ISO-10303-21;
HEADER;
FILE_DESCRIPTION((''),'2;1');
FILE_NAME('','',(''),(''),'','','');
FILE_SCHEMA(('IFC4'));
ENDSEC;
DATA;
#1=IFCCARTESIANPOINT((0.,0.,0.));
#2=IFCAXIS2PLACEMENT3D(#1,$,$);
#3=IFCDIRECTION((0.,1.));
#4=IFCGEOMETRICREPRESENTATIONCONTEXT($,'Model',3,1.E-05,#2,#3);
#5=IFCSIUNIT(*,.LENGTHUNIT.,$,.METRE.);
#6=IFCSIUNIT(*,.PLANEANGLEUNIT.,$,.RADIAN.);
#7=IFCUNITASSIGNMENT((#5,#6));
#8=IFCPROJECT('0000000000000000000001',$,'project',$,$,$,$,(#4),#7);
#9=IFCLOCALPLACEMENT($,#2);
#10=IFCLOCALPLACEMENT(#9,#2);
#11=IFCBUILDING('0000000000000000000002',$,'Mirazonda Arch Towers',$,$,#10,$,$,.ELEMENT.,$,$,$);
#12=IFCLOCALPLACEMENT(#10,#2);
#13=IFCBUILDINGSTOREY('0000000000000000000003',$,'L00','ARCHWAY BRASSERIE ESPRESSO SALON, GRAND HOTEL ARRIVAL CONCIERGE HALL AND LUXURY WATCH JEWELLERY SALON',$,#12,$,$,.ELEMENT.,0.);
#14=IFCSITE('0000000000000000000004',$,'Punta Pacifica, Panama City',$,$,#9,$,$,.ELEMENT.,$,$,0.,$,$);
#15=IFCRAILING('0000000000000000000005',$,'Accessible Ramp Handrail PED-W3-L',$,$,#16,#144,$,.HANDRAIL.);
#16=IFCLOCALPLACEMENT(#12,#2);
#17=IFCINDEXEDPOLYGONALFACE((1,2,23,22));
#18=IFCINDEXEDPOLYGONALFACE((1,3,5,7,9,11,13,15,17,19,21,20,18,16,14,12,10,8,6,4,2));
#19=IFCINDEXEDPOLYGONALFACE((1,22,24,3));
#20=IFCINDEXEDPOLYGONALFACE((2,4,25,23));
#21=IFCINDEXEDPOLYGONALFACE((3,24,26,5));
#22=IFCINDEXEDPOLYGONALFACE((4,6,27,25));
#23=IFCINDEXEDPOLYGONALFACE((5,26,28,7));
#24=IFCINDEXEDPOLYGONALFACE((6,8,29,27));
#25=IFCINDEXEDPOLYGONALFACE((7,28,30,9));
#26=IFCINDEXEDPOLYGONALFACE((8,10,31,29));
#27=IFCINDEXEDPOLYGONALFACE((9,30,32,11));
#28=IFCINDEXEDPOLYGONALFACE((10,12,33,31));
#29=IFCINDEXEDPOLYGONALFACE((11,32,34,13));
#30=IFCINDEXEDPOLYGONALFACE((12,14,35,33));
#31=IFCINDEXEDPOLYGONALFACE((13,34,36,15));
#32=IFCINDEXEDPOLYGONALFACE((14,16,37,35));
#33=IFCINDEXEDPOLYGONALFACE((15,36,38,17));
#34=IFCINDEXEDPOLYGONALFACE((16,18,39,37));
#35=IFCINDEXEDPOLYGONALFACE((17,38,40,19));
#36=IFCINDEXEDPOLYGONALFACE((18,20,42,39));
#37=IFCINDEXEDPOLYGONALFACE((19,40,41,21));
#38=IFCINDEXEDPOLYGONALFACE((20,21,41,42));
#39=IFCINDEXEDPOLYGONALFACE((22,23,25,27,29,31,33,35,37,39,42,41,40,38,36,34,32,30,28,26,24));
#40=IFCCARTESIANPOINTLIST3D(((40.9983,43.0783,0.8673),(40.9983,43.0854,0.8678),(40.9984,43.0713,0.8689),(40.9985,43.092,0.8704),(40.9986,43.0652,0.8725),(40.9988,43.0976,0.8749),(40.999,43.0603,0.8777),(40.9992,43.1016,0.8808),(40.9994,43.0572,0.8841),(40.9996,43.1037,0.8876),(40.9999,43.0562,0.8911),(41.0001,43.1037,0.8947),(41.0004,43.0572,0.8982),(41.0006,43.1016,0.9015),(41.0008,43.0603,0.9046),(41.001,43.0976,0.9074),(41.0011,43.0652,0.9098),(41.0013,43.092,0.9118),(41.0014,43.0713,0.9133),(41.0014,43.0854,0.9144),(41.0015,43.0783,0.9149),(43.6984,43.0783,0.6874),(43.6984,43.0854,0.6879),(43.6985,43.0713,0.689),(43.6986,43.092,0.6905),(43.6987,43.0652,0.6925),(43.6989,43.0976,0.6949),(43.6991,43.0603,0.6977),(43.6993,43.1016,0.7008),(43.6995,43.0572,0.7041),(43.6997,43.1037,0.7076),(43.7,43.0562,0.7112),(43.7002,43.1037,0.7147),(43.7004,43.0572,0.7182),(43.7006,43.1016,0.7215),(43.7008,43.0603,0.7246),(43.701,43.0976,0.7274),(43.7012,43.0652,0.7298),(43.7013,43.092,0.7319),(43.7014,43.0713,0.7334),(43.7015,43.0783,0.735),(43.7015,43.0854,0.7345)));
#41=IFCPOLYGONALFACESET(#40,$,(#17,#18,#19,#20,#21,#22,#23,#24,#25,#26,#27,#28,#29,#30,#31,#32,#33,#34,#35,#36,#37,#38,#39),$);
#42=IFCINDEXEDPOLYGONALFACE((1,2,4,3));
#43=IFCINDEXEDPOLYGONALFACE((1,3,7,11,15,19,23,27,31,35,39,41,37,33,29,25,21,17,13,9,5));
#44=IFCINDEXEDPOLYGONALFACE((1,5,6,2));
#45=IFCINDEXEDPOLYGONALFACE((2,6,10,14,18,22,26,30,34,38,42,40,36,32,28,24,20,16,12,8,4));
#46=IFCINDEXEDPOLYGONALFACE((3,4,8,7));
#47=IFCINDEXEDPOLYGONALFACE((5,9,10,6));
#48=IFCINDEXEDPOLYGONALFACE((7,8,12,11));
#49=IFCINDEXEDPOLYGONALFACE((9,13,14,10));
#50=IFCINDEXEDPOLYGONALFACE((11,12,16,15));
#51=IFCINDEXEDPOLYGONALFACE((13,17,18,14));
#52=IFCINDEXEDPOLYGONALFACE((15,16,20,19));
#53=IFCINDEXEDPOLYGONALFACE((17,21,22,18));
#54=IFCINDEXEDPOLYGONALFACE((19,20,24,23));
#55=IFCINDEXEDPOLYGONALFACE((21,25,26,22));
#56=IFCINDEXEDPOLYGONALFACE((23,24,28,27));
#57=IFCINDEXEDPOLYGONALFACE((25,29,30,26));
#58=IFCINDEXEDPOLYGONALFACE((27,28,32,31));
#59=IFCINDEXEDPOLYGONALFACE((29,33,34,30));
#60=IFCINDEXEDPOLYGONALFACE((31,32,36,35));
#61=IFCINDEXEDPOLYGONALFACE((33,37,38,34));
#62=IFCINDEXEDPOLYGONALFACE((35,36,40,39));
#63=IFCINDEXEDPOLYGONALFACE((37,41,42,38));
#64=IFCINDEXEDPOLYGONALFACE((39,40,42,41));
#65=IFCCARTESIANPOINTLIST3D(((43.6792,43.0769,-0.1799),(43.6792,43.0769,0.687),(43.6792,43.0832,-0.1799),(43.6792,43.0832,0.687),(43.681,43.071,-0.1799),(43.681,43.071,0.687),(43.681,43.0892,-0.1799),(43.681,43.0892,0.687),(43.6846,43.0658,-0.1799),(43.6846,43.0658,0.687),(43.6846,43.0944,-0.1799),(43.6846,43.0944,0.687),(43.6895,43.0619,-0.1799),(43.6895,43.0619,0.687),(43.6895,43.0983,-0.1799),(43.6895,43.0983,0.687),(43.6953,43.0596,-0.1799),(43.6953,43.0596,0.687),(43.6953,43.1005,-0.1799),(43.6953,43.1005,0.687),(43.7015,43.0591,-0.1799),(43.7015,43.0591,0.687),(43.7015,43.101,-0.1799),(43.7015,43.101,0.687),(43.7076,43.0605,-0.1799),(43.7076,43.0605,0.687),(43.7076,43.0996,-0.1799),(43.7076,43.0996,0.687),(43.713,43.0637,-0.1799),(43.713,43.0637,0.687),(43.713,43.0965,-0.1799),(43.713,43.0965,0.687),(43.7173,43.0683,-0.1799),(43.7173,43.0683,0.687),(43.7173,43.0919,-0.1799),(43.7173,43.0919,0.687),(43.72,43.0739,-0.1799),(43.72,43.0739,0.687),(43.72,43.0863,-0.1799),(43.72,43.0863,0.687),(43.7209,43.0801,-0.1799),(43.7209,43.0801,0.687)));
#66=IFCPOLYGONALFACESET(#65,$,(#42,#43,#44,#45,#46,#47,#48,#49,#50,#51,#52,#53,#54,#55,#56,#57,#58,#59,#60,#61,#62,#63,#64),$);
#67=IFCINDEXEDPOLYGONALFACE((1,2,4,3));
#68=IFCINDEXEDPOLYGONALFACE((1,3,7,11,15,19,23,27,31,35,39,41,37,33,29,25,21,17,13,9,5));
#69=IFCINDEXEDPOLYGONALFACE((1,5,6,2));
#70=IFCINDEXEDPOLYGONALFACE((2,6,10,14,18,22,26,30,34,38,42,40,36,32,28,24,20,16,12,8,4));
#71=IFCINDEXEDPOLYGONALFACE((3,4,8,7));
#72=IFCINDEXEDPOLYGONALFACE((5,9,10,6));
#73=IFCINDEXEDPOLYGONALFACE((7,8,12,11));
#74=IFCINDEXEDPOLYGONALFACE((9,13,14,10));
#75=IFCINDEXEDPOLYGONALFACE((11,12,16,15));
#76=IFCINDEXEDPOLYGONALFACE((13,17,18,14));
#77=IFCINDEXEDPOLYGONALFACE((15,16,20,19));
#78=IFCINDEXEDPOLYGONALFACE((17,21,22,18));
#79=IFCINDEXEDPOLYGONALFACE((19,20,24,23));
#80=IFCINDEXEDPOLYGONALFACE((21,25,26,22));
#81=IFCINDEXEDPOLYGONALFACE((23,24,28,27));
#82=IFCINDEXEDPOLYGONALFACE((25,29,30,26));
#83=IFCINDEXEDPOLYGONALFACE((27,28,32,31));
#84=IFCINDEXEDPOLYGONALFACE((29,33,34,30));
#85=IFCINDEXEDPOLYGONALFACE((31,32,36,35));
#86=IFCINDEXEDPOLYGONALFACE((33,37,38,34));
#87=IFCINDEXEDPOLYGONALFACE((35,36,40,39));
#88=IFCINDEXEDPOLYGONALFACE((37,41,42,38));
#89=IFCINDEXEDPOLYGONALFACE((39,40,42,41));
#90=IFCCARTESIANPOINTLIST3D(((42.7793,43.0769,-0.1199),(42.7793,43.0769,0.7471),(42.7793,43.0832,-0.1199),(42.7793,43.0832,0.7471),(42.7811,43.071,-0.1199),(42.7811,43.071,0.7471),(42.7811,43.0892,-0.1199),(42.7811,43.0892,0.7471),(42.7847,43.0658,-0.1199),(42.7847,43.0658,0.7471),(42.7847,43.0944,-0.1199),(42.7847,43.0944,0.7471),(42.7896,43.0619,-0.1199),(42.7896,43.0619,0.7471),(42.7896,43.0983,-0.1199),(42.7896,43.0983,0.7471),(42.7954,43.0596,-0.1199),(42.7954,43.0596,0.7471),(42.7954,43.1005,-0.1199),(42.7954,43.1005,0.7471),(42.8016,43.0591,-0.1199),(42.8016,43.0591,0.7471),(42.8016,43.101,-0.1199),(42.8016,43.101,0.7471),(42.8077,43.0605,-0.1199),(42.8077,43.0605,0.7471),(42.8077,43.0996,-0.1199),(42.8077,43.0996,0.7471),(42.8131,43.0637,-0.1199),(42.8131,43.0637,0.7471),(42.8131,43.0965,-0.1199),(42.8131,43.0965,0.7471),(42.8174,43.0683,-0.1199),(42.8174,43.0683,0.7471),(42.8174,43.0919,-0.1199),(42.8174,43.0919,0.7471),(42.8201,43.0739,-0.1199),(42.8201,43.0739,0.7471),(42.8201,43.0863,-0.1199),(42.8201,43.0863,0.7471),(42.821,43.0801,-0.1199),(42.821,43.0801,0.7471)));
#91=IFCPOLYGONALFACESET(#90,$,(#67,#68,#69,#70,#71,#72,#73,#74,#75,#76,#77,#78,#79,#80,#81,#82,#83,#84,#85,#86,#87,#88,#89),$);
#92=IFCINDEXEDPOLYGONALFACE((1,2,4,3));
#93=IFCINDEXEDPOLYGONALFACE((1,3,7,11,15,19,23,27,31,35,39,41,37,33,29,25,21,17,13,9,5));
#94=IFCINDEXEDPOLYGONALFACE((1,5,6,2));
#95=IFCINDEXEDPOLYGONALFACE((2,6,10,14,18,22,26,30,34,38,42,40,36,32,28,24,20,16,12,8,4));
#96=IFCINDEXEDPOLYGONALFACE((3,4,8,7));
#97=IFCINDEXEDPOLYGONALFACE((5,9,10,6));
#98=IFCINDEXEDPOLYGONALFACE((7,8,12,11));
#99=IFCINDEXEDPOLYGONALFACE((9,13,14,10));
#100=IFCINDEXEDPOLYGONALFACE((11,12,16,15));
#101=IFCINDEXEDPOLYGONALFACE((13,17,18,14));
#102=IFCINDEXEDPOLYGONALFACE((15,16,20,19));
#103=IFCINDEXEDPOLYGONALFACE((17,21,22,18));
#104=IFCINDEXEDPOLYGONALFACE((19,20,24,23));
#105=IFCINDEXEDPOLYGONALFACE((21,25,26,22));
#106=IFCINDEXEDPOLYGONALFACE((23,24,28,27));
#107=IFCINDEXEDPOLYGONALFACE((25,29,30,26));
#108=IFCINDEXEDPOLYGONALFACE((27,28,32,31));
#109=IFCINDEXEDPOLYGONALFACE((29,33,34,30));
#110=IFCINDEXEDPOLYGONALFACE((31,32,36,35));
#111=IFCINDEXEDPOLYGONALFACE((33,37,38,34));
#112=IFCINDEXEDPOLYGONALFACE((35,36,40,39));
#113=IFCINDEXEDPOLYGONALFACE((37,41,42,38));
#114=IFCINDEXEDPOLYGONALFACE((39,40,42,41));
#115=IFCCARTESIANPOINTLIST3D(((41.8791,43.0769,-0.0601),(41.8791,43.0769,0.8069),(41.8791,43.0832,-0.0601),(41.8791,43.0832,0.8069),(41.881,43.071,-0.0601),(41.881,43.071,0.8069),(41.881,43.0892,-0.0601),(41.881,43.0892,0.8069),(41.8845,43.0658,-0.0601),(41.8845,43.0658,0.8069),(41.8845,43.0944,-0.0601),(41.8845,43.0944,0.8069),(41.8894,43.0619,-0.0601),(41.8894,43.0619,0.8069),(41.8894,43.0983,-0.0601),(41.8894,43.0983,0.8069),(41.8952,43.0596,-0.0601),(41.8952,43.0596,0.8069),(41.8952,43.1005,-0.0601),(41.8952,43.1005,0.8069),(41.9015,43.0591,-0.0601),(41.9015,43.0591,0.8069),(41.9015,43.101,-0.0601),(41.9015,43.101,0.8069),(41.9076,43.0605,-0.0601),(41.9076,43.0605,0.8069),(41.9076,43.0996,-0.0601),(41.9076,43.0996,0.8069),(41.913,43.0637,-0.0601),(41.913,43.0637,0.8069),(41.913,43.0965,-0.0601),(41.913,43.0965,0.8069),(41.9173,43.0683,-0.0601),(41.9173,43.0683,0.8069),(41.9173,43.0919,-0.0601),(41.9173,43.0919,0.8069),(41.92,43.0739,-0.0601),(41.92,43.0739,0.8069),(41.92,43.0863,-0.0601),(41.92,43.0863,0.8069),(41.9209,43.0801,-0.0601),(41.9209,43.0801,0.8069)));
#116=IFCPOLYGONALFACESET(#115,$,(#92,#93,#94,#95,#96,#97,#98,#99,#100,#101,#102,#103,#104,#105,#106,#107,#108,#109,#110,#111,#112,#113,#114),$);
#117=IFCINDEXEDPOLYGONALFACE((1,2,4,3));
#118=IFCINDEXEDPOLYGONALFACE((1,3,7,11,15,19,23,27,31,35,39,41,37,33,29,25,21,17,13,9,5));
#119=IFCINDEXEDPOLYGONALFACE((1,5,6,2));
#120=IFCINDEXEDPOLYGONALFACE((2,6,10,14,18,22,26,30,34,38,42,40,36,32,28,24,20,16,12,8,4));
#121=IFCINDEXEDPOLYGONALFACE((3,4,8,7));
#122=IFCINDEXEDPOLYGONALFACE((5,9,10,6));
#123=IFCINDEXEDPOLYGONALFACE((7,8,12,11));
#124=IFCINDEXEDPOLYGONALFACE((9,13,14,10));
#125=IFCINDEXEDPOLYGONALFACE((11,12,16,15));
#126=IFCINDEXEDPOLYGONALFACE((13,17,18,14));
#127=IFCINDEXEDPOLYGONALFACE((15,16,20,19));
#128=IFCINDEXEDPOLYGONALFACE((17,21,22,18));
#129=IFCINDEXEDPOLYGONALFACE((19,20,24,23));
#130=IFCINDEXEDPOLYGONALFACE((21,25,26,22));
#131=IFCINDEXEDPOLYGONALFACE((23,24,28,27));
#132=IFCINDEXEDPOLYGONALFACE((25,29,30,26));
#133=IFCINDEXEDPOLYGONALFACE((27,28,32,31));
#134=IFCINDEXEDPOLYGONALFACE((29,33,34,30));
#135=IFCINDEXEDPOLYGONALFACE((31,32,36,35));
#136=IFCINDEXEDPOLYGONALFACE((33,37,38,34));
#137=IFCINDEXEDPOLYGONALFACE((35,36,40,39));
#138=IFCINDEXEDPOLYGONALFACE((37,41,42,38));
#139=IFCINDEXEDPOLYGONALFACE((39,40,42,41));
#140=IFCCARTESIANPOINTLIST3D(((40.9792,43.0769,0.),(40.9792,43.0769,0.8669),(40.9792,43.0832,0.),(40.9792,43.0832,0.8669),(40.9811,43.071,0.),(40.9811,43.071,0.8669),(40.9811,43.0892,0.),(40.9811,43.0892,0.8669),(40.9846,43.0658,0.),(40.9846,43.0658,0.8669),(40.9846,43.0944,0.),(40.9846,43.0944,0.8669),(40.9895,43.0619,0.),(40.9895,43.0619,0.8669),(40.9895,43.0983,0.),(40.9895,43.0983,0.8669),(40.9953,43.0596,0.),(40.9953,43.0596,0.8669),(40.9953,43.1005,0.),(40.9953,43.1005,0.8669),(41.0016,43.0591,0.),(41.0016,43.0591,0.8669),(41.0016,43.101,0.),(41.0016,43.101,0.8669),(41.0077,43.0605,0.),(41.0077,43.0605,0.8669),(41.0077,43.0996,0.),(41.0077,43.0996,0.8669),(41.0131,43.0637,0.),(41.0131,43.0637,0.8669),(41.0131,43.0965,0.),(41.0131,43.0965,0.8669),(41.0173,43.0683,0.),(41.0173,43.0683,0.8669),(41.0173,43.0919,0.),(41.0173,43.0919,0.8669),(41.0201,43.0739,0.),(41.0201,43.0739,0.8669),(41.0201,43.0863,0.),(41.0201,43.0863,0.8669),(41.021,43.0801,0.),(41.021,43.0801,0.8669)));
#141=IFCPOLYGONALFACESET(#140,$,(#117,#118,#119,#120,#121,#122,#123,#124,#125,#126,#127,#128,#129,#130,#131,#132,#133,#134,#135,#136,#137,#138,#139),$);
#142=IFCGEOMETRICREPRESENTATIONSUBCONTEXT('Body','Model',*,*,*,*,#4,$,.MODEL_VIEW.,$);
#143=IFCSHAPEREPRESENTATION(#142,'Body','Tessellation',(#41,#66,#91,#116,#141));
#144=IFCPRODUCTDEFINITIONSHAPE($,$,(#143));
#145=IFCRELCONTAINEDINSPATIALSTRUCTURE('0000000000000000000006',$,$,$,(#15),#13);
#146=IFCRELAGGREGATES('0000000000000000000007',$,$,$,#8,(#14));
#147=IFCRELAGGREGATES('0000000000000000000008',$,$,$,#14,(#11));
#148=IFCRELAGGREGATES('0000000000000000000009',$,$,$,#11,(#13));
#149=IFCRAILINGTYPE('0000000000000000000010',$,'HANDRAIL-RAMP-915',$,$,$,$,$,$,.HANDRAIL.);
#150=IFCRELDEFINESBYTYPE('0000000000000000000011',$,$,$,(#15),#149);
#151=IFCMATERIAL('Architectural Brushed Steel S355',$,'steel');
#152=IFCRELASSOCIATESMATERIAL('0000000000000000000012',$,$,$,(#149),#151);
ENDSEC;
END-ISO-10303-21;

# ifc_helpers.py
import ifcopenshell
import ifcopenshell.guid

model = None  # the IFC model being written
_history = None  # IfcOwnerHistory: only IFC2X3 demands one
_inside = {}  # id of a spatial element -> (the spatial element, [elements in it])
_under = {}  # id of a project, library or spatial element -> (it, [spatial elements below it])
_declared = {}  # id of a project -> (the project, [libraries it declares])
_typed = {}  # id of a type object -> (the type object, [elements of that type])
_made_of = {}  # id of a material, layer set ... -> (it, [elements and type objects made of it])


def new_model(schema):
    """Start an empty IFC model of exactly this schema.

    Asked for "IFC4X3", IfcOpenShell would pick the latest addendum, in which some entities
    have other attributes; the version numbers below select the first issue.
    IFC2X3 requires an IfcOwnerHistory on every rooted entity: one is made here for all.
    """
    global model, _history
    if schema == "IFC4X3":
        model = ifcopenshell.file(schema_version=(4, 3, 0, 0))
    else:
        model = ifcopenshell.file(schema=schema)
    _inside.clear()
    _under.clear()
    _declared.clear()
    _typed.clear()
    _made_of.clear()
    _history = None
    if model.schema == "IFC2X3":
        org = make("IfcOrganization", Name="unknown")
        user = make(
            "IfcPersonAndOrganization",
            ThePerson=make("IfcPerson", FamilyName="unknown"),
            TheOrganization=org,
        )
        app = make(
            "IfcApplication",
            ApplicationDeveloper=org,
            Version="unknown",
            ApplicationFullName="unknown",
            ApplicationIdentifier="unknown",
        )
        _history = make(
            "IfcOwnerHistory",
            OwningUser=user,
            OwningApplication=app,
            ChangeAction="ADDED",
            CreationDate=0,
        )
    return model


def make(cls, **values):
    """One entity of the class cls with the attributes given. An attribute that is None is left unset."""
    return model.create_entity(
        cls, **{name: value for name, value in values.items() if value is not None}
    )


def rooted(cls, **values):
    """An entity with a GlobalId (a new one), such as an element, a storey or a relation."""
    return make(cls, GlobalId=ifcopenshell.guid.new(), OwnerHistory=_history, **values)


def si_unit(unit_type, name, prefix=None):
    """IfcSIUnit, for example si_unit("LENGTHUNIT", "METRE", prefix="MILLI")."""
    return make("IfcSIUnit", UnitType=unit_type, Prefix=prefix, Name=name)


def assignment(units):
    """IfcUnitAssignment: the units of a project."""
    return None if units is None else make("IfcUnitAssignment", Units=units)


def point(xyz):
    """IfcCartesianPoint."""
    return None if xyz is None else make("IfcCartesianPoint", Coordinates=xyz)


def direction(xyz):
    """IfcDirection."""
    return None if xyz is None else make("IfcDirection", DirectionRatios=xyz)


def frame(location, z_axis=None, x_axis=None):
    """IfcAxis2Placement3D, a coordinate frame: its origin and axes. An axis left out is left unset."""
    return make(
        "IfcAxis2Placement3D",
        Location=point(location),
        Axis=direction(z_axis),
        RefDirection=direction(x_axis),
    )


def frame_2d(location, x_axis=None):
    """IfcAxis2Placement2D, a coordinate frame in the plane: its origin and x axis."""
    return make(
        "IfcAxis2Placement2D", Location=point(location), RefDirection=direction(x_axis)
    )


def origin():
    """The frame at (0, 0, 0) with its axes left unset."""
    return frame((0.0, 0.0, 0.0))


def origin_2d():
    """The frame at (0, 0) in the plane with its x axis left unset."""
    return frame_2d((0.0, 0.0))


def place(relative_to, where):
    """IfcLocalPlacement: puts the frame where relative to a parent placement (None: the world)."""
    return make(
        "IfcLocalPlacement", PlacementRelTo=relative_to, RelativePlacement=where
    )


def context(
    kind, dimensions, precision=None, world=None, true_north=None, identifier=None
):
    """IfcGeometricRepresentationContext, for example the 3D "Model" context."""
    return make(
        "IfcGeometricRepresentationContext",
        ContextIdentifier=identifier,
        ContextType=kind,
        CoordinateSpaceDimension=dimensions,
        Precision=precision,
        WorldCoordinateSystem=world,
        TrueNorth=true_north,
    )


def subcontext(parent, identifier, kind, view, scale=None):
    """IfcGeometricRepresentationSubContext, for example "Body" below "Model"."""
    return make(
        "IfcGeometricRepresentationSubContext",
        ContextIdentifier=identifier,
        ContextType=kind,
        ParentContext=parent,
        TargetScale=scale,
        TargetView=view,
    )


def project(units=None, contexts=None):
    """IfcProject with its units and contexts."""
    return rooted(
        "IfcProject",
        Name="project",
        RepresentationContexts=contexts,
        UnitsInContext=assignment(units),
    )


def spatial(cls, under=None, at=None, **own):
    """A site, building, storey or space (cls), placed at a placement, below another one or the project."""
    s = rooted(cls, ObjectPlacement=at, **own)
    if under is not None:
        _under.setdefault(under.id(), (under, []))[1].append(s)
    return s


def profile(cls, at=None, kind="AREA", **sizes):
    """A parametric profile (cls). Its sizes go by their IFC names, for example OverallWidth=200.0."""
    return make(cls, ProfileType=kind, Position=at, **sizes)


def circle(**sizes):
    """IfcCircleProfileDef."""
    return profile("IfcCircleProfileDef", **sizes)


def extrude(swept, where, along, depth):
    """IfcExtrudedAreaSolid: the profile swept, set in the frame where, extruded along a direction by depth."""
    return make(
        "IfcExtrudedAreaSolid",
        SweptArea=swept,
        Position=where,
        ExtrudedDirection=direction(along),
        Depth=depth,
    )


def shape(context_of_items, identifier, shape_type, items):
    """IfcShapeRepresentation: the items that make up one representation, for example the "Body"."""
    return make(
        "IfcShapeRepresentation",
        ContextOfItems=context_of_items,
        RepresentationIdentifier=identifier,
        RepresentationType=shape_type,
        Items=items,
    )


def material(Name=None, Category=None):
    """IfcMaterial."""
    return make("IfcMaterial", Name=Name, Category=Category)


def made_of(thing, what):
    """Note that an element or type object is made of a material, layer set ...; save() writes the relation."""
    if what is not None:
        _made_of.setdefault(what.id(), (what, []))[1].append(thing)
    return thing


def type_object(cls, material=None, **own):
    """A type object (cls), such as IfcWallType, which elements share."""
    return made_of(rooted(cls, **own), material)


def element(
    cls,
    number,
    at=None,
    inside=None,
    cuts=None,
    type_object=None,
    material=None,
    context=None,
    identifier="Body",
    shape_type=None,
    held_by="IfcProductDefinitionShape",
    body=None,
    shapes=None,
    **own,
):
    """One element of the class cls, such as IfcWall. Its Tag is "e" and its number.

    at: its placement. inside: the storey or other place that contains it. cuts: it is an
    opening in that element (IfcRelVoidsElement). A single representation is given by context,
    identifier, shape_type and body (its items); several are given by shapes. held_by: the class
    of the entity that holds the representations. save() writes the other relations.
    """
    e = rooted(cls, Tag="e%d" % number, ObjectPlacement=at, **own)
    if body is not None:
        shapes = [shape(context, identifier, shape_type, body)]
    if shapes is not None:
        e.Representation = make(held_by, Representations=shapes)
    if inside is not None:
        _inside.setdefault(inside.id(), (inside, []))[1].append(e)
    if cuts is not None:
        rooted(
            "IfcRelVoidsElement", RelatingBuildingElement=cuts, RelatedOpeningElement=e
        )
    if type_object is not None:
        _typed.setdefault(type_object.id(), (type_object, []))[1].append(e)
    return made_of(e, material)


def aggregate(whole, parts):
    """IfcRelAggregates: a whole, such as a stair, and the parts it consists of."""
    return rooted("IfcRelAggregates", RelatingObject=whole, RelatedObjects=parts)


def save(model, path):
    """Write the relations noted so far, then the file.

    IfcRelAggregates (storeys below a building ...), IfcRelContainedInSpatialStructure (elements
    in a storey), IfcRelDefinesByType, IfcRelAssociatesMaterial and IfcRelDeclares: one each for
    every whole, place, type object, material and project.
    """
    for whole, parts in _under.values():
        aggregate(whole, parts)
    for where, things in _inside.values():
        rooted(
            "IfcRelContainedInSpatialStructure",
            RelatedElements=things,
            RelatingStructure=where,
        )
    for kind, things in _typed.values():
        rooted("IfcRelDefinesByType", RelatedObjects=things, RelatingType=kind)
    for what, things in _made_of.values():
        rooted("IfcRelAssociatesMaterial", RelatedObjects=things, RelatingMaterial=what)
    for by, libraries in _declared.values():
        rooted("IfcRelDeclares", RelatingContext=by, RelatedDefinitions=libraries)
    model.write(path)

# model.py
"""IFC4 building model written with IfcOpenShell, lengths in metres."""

from ifc_helpers import new_model, si_unit, direction, frame, origin, origin_2d, place, context, subcontext, project, spatial, circle, extrude, material, type_object, element, save


model = new_model("IFC4")

# Units and contexts
model_context = context("Model", 3, precision=1e-05, world=origin(), true_north=direction((0.0, 1.0)))
body_context = subcontext(model_context, "Body", "Model", "MODEL_VIEW")
ifc_project = project(units=[si_unit("LENGTHUNIT", "METRE"), si_unit("PLANEANGLEUNIT", "RADIAN")], contexts=[model_context])

# Site, building, storey
site_placement = place(None, origin())
site = spatial("IfcSite", under=ifc_project, at=site_placement, Name="Punta Pacifica, Panama City", CompositionType="ELEMENT", RefElevation=0.0)
building_placement = place(site_placement, origin())
building = spatial("IfcBuilding", under=site, at=building_placement, Name="Mirazonda Arch Towers", CompositionType="ELEMENT")
storey_placement = place(building_placement, origin())
storey = spatial("IfcBuildingStorey", under=building, at=storey_placement, Name="L00", Description="ARCHWAY BRASSERIE ESPRESSO SALON, GRAND HOTEL ARRIVAL CONCIERGE HALL AND LUXURY WATCH JEWELLERY SALON", CompositionType="ELEMENT", Elevation=0.0)

# Railing
ifc_material_1 = material(Name="Architectural Brushed Steel S355", Category="steel")
railing_type_1 = type_object("IfcRailingType", Name="HANDRAIL-RAMP-915", PredefinedType="HANDRAIL", material=ifc_material_1)
for number, where, name in (
    (1, (43.7, 43.0801, -0.1799), "Accessible Ramp Handrail PED-W3-L"),
):
    element("IfcRailing", number, at=place(storey_placement, frame(where)), inside=storey, type_object=railing_type_1, Name=name, PredefinedType="HANDRAIL", context=body_context, shape_type="SweptSolid", body=[
        extrude(circle(Radius=0.0239, at=origin_2d()), frame((0.0, 0.0, 0.8911), z_axis=(-0.997787, 0.0, 0.066495), x_axis=(0.0, -1.0, 0.0)), (0.0, 0.0, 1.0), 2.7061),
        extrude(circle(Radius=0.021, at=origin_2d()), origin(), (0.0, 0.0, 1.0), 0.8669),
        extrude(circle(Radius=0.021, at=origin_2d()), frame((-0.8999, 0.0, 0.0601)), (0.0, 0.0, 1.0), 0.8669),
        extrude(circle(Radius=0.021, at=origin_2d()), frame((-1.8, 0.0, 0.1199)), (0.0, 0.0, 1.0), 0.8669),
        extrude(circle(Radius=0.021, at=origin_2d()), frame((-2.7, 0.0, 0.1799)), (0.0, 0.0, 1.0), 0.8669),
    ])

save(model, "model.ifc")
